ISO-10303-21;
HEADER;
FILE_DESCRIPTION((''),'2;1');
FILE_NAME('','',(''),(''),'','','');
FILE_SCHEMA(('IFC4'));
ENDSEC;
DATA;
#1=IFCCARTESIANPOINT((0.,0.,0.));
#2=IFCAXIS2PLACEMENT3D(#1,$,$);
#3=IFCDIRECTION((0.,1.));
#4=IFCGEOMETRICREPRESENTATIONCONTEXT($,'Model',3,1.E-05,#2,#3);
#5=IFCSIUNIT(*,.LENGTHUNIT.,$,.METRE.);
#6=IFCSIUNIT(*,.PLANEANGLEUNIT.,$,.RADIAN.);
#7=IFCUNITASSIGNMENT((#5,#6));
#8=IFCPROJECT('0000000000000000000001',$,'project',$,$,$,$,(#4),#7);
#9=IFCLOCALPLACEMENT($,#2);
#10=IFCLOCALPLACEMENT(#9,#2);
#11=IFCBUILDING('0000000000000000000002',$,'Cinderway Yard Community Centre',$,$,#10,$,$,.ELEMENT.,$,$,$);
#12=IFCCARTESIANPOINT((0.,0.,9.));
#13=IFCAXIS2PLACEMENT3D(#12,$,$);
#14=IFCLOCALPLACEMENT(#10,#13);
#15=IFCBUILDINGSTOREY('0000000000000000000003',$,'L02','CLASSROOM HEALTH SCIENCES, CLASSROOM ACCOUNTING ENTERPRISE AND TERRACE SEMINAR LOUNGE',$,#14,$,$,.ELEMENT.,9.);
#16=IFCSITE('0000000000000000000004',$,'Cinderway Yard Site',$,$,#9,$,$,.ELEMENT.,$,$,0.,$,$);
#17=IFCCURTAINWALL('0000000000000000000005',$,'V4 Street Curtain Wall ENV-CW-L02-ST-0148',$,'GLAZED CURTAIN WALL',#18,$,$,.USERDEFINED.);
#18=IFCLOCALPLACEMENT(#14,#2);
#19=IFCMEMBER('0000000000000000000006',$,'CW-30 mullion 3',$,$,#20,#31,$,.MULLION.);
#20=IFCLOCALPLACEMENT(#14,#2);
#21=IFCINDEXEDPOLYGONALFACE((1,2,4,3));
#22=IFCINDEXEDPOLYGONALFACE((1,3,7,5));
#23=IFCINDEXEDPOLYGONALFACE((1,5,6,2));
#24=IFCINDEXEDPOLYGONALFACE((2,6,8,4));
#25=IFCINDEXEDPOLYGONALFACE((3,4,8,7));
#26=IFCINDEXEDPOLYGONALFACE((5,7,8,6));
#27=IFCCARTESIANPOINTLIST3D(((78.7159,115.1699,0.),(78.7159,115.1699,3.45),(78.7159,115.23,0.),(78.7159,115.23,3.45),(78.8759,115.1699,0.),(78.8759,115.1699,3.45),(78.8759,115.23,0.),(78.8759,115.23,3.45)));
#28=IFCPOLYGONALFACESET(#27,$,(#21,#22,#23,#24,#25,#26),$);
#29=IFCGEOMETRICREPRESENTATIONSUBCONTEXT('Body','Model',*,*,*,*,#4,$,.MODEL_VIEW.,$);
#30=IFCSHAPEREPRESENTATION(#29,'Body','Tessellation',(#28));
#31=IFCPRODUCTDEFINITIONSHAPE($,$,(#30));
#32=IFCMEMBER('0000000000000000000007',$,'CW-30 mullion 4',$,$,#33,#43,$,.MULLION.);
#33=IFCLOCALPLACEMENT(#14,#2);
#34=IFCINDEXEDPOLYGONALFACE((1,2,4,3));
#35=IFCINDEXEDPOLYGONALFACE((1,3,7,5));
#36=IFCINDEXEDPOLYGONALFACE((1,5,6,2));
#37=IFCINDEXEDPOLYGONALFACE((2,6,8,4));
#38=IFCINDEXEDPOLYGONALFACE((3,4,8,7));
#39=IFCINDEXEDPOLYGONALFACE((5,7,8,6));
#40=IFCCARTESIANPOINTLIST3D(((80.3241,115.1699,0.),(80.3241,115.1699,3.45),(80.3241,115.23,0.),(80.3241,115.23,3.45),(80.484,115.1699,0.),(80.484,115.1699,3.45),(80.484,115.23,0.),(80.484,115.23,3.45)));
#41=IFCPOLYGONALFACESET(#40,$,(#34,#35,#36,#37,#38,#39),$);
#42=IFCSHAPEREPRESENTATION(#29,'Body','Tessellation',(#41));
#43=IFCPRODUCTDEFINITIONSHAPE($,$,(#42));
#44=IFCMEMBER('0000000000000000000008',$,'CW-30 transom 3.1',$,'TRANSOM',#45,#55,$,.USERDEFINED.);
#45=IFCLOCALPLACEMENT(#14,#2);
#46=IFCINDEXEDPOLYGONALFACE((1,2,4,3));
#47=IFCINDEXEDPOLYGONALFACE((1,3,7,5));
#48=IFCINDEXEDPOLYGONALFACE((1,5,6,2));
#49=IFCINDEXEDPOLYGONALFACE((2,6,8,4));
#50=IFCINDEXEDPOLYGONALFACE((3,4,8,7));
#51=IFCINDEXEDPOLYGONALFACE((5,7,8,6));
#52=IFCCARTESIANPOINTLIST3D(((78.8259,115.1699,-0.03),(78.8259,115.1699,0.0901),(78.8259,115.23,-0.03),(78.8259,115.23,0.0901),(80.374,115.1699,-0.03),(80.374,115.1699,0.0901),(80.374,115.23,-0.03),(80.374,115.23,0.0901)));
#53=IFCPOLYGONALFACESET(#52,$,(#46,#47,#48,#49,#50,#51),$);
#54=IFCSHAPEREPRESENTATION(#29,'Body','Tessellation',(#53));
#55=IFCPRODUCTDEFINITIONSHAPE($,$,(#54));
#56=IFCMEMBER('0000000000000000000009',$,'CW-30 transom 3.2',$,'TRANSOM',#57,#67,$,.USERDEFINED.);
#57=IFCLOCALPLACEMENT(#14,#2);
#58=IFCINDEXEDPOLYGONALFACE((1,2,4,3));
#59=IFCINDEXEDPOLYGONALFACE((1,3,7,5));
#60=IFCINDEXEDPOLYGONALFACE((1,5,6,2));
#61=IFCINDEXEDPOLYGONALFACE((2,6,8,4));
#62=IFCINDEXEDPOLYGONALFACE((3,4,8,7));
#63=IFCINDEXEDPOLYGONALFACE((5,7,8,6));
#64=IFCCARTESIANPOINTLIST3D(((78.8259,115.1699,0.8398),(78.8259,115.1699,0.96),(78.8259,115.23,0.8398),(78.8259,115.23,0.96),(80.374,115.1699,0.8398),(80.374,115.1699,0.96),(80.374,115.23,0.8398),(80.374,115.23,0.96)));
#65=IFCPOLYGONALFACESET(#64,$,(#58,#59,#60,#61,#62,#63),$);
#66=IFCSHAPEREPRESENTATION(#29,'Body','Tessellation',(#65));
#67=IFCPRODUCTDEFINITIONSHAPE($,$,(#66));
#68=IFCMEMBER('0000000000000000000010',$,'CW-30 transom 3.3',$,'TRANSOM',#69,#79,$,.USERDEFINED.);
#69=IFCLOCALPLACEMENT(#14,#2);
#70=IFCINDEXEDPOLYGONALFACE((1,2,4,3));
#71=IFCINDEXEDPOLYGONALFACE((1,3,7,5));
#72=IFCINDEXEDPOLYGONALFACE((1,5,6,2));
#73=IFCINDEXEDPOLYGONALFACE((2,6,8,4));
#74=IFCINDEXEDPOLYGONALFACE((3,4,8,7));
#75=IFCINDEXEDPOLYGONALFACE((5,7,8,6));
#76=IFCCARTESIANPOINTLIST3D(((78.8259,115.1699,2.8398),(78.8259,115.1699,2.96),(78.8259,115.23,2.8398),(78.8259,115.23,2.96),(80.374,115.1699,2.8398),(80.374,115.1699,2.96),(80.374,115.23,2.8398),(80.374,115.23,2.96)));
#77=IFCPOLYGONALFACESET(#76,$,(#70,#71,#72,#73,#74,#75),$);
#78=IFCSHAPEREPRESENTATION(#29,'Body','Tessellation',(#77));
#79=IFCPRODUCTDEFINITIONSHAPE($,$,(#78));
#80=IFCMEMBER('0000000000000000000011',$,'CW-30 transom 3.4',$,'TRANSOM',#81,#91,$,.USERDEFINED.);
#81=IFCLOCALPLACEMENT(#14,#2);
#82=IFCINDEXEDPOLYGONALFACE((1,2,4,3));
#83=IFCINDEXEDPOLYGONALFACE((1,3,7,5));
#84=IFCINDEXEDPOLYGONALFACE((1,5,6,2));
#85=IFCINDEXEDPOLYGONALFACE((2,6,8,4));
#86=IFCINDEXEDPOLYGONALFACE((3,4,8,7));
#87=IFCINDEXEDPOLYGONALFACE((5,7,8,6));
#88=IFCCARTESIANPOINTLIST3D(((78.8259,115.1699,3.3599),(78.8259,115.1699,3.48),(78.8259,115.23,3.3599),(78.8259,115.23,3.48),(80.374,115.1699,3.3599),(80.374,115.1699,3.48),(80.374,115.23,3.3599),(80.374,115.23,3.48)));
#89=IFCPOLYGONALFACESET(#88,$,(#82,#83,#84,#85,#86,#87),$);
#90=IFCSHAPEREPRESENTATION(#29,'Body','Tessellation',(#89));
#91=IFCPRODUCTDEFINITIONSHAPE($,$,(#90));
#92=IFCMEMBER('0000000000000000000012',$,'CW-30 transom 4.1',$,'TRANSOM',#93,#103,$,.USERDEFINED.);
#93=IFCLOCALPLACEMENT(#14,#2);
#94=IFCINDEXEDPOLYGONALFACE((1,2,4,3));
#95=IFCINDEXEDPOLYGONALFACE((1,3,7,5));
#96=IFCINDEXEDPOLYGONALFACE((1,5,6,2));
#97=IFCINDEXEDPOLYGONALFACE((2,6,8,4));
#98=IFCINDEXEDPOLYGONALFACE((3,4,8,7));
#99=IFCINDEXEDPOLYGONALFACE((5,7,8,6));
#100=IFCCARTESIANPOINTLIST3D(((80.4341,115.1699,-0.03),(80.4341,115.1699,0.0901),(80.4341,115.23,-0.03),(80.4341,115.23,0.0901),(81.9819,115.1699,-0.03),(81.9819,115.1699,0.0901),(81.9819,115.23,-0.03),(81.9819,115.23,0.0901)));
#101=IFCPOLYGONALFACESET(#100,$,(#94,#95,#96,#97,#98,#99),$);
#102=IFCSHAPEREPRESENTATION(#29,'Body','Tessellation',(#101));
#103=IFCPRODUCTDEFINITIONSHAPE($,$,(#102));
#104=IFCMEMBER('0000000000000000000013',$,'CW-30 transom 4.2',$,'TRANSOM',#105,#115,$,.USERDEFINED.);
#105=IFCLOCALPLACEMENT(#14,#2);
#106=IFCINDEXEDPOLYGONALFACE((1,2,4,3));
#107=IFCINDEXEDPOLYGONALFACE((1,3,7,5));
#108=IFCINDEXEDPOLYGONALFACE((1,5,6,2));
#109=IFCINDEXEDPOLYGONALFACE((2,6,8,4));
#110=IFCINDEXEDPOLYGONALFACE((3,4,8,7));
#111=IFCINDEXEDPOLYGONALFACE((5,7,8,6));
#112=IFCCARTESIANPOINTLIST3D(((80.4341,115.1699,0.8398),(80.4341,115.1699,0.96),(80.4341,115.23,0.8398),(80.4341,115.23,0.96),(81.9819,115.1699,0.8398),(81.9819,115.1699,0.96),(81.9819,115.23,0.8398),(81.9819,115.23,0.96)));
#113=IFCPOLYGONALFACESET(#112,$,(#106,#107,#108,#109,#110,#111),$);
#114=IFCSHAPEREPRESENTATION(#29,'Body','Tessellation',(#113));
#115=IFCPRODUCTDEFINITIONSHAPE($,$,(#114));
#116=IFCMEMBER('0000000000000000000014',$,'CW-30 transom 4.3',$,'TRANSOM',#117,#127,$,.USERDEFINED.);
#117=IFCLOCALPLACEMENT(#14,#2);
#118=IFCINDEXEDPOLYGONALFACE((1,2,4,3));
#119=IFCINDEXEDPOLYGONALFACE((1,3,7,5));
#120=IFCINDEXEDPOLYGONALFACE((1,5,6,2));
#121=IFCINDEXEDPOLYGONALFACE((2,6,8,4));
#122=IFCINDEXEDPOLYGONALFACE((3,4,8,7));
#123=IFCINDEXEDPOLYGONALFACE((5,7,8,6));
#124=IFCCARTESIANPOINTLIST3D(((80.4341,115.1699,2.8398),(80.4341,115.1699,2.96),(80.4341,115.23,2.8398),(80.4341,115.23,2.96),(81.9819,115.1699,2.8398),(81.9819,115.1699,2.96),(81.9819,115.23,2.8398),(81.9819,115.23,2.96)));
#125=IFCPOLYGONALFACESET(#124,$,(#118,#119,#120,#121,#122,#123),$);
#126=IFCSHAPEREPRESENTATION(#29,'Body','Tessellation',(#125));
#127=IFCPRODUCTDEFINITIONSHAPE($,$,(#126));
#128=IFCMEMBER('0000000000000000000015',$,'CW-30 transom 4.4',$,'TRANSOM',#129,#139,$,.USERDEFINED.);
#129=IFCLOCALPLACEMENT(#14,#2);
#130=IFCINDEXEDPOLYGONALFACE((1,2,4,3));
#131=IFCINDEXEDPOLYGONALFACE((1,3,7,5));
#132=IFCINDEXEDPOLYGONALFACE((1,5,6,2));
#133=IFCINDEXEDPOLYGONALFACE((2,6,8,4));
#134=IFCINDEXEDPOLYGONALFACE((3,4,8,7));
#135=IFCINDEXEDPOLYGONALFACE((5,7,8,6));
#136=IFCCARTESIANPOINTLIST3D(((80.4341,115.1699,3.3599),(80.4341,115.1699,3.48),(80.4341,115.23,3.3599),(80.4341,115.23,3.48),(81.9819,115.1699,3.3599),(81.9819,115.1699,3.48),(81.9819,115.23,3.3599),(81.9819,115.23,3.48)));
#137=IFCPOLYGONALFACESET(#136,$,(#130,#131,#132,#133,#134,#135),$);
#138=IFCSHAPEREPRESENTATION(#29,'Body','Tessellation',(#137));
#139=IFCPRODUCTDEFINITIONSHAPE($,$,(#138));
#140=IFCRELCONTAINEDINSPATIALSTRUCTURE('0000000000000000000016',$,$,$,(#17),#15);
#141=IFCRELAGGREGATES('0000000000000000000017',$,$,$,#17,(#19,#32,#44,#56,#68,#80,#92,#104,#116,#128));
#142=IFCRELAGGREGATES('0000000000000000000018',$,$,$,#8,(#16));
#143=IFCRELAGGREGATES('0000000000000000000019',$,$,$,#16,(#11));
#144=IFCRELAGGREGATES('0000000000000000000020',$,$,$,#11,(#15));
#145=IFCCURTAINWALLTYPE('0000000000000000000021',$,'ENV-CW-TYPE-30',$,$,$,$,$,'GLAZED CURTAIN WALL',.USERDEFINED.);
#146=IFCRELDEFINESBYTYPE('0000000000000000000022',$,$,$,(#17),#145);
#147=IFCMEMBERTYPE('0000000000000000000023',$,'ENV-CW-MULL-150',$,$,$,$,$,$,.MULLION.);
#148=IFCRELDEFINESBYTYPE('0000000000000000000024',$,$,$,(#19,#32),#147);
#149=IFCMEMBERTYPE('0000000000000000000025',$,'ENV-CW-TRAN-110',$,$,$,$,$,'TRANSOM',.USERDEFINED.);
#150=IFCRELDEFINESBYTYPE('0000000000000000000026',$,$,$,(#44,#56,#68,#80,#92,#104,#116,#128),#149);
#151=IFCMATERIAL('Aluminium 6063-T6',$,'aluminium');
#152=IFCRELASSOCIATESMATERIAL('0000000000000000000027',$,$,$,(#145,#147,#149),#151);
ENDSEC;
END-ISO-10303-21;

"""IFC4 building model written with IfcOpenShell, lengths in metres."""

from ifc_helpers import new_model, si_unit, direction, frame, origin, origin_2d, place, context, subcontext, project, spatial, rectangle, extrude, material, material_profile, profile_set, type_object, element, aggregate, save


model = new_model("IFC4")

# Units and contexts
model_context = context("Model", 3, precision=1e-05, world=origin(), true_north=direction((0.0, 1.0)))
body_context = subcontext(model_context, "Body", "Model", "MODEL_VIEW")
ifc_project = project(units=[si_unit("LENGTHUNIT", "METRE"), si_unit("PLANEANGLEUNIT", "RADIAN")], contexts=[model_context])

# Site, building, storey
site_placement = place(None, origin())
site = spatial("IfcSite", under=ifc_project, at=site_placement, Name="Cinderway Yard Site", CompositionType="ELEMENT", RefElevation=0.0)
building_placement = place(site_placement, origin())
building = spatial("IfcBuilding", under=site, at=building_placement, Name="Cinderway Yard Community Centre", CompositionType="ELEMENT")
storey_placement = place(building_placement, frame((0.0, 0.0, 9.0)))
storey = spatial("IfcBuildingStorey", under=building, at=storey_placement, Name="L02", Description="CLASSROOM HEALTH SCIENCES, CLASSROOM ACCOUNTING ENTERPRISE AND TERRACE SEMINAR LOUNGE", CompositionType="ELEMENT", Elevation=9.0)

# Curtain wall, members
ifc_material_1 = material(Name="Aluminium 6063-T6", Category="aluminium")
curtain_wall_type = type_object("IfcCurtainWallType", Name="ENV-CW-TYPE-30", ElementType="GLAZED CURTAIN WALL", PredefinedType="USERDEFINED", material=ifc_material_1)
curtain_wall_placement = place(storey_placement, origin())
curtain_wall = element("IfcCurtainWall", 1, at=curtain_wall_placement, inside=storey, type_object=curtain_wall_type, Name="V4 Street Curtain Wall ENV-CW-L02-ST-0148", ObjectType="GLAZED CURTAIN WALL", PredefinedType="USERDEFINED")
ifc_material_profile_1 = material_profile(ifc_material_1, rectangle(XDim=0.0601, YDim=0.1599, at=origin_2d()), Name="Aluminium 6063-T6")
ifc_profile_set_1 = profile_set([ifc_material_profile_1], Name="Aluminium 6063-T6")
member_type_1 = type_object("IfcMemberType", Name="ENV-CW-MULL-150", PredefinedType="MULLION", material=ifc_profile_set_1)
member_1_placement = place(storey_placement, frame((78.7959, 115.2, 0.0), z_axis=(0.0, 0.0, 1.0), x_axis=(0.0, 1.0, 0.0)))
member_1 = element("IfcMember", 2, at=member_1_placement, type_object=member_type_1, Name="CW-30 mullion 3", PredefinedType="MULLION", context=body_context, shape_type="SweptSolid", body=[
    extrude(rectangle(XDim=0.0601, YDim=0.1599, at=origin_2d()), origin(), (0.0, 0.0, 1.0), 3.45),
])
member_2_placement = place(storey_placement, frame((80.4041, 115.2, 0.0), z_axis=(0.0, 0.0, 1.0), x_axis=(0.0, 1.0, 0.0)))
member_2 = element("IfcMember", 3, at=member_2_placement, type_object=member_type_1, Name="CW-30 mullion 4", PredefinedType="MULLION", context=body_context, shape_type="SweptSolid", body=[
    extrude(rectangle(XDim=0.0601, YDim=0.1599, at=origin_2d()), origin(), (0.0, 0.0, 1.0), 3.45),
])
ifc_material_profile_2 = material_profile(ifc_material_1, rectangle(XDim=0.0601, YDim=0.1201, at=origin_2d()), Name="Aluminium 6063-T6")
ifc_profile_set_2 = profile_set([ifc_material_profile_2], Name="Aluminium 6063-T6")
member_type_2 = type_object("IfcMemberType", Name="ENV-CW-TRAN-110", ElementType="TRANSOM", PredefinedType="USERDEFINED", material=ifc_profile_set_2)
member_3_placement = place(storey_placement, frame((78.8259, 115.2, 0.03), z_axis=(1.0, 0.0, 0.0), x_axis=(0.0, 1.0, 0.0)))
member_3 = element("IfcMember", 4, at=member_3_placement, type_object=member_type_2, Name="CW-30 transom 3.1", ObjectType="TRANSOM", PredefinedType="USERDEFINED", context=body_context, shape_type="SweptSolid", body=[
    extrude(rectangle(XDim=0.0601, YDim=0.1201, at=origin_2d()), origin(), (0.0, 0.0, 1.0), 1.5481),
])
member_4_placement = place(storey_placement, frame((78.8259, 115.2, 0.8999), z_axis=(1.0, 0.0, 0.0), x_axis=(0.0, 1.0, 0.0)))
member_4 = element("IfcMember", 5, at=member_4_placement, type_object=member_type_2, Name="CW-30 transom 3.2", ObjectType="TRANSOM", PredefinedType="USERDEFINED", context=body_context, shape_type="SweptSolid", body=[
    extrude(rectangle(XDim=0.0601, YDim=0.1201, at=origin_2d()), origin(), (0.0, 0.0, 1.0), 1.5481),
])
member_5_placement = place(storey_placement, frame((78.8259, 115.2, 2.8999), z_axis=(1.0, 0.0, 0.0), x_axis=(0.0, 1.0, 0.0)))
member_5 = element("IfcMember", 6, at=member_5_placement, type_object=member_type_2, Name="CW-30 transom 3.3", ObjectType="TRANSOM", PredefinedType="USERDEFINED", context=body_context, shape_type="SweptSolid", body=[
    extrude(rectangle(XDim=0.0601, YDim=0.1201, at=origin_2d()), origin(), (0.0, 0.0, 1.0), 1.5481),
])
member_6_placement = place(storey_placement, frame((78.8259, 115.2, 3.4199), z_axis=(1.0, 0.0, 0.0), x_axis=(0.0, 1.0, 0.0)))
member_6 = element("IfcMember", 7, at=member_6_placement, type_object=member_type_2, Name="CW-30 transom 3.4", ObjectType="TRANSOM", PredefinedType="USERDEFINED", context=body_context, shape_type="SweptSolid", body=[
    extrude(rectangle(XDim=0.0601, YDim=0.1201, at=origin_2d()), origin(), (0.0, 0.0, 1.0), 1.5481),
])
member_7_placement = place(storey_placement, frame((80.4341, 115.2, 0.03), z_axis=(1.0, 0.0, 0.0), x_axis=(0.0, 1.0, 0.0)))
member_7 = element("IfcMember", 8, at=member_7_placement, type_object=member_type_2, Name="CW-30 transom 4.1", ObjectType="TRANSOM", PredefinedType="USERDEFINED", context=body_context, shape_type="SweptSolid", body=[
    extrude(rectangle(XDim=0.0601, YDim=0.1201, at=origin_2d()), origin(), (0.0, 0.0, 1.0), 1.5479),
])
member_8_placement = place(storey_placement, frame((80.4341, 115.2, 0.8999), z_axis=(1.0, 0.0, 0.0), x_axis=(0.0, 1.0, 0.0)))
member_8 = element("IfcMember", 9, at=member_8_placement, type_object=member_type_2, Name="CW-30 transom 4.2", ObjectType="TRANSOM", PredefinedType="USERDEFINED", context=body_context, shape_type="SweptSolid", body=[
    extrude(rectangle(XDim=0.0601, YDim=0.1201, at=origin_2d()), origin(), (0.0, 0.0, 1.0), 1.5479),
])
member_9_placement = place(storey_placement, frame((80.4341, 115.2, 2.8999), z_axis=(1.0, 0.0, 0.0), x_axis=(0.0, 1.0, 0.0)))
member_9 = element("IfcMember", 10, at=member_9_placement, type_object=member_type_2, Name="CW-30 transom 4.3", ObjectType="TRANSOM", PredefinedType="USERDEFINED", context=body_context, shape_type="SweptSolid", body=[
    extrude(rectangle(XDim=0.0601, YDim=0.1201, at=origin_2d()), origin(), (0.0, 0.0, 1.0), 1.5479),
])
member_10_placement = place(storey_placement, frame((80.4341, 115.2, 3.4199), z_axis=(1.0, 0.0, 0.0), x_axis=(0.0, 1.0, 0.0)))
member_10 = element("IfcMember", 11, at=member_10_placement, type_object=member_type_2, Name="CW-30 transom 4.4", ObjectType="TRANSOM", PredefinedType="USERDEFINED", context=body_context, shape_type="SweptSolid", body=[
    extrude(rectangle(XDim=0.0601, YDim=0.1201, at=origin_2d()), origin(), (0.0, 0.0, 1.0), 1.5479),
])

aggregate(curtain_wall, [member_1, member_2, member_3, member_4, member_5, member_6, member_7, member_8, member_9, member_10])

save(model, "model.ifc")
